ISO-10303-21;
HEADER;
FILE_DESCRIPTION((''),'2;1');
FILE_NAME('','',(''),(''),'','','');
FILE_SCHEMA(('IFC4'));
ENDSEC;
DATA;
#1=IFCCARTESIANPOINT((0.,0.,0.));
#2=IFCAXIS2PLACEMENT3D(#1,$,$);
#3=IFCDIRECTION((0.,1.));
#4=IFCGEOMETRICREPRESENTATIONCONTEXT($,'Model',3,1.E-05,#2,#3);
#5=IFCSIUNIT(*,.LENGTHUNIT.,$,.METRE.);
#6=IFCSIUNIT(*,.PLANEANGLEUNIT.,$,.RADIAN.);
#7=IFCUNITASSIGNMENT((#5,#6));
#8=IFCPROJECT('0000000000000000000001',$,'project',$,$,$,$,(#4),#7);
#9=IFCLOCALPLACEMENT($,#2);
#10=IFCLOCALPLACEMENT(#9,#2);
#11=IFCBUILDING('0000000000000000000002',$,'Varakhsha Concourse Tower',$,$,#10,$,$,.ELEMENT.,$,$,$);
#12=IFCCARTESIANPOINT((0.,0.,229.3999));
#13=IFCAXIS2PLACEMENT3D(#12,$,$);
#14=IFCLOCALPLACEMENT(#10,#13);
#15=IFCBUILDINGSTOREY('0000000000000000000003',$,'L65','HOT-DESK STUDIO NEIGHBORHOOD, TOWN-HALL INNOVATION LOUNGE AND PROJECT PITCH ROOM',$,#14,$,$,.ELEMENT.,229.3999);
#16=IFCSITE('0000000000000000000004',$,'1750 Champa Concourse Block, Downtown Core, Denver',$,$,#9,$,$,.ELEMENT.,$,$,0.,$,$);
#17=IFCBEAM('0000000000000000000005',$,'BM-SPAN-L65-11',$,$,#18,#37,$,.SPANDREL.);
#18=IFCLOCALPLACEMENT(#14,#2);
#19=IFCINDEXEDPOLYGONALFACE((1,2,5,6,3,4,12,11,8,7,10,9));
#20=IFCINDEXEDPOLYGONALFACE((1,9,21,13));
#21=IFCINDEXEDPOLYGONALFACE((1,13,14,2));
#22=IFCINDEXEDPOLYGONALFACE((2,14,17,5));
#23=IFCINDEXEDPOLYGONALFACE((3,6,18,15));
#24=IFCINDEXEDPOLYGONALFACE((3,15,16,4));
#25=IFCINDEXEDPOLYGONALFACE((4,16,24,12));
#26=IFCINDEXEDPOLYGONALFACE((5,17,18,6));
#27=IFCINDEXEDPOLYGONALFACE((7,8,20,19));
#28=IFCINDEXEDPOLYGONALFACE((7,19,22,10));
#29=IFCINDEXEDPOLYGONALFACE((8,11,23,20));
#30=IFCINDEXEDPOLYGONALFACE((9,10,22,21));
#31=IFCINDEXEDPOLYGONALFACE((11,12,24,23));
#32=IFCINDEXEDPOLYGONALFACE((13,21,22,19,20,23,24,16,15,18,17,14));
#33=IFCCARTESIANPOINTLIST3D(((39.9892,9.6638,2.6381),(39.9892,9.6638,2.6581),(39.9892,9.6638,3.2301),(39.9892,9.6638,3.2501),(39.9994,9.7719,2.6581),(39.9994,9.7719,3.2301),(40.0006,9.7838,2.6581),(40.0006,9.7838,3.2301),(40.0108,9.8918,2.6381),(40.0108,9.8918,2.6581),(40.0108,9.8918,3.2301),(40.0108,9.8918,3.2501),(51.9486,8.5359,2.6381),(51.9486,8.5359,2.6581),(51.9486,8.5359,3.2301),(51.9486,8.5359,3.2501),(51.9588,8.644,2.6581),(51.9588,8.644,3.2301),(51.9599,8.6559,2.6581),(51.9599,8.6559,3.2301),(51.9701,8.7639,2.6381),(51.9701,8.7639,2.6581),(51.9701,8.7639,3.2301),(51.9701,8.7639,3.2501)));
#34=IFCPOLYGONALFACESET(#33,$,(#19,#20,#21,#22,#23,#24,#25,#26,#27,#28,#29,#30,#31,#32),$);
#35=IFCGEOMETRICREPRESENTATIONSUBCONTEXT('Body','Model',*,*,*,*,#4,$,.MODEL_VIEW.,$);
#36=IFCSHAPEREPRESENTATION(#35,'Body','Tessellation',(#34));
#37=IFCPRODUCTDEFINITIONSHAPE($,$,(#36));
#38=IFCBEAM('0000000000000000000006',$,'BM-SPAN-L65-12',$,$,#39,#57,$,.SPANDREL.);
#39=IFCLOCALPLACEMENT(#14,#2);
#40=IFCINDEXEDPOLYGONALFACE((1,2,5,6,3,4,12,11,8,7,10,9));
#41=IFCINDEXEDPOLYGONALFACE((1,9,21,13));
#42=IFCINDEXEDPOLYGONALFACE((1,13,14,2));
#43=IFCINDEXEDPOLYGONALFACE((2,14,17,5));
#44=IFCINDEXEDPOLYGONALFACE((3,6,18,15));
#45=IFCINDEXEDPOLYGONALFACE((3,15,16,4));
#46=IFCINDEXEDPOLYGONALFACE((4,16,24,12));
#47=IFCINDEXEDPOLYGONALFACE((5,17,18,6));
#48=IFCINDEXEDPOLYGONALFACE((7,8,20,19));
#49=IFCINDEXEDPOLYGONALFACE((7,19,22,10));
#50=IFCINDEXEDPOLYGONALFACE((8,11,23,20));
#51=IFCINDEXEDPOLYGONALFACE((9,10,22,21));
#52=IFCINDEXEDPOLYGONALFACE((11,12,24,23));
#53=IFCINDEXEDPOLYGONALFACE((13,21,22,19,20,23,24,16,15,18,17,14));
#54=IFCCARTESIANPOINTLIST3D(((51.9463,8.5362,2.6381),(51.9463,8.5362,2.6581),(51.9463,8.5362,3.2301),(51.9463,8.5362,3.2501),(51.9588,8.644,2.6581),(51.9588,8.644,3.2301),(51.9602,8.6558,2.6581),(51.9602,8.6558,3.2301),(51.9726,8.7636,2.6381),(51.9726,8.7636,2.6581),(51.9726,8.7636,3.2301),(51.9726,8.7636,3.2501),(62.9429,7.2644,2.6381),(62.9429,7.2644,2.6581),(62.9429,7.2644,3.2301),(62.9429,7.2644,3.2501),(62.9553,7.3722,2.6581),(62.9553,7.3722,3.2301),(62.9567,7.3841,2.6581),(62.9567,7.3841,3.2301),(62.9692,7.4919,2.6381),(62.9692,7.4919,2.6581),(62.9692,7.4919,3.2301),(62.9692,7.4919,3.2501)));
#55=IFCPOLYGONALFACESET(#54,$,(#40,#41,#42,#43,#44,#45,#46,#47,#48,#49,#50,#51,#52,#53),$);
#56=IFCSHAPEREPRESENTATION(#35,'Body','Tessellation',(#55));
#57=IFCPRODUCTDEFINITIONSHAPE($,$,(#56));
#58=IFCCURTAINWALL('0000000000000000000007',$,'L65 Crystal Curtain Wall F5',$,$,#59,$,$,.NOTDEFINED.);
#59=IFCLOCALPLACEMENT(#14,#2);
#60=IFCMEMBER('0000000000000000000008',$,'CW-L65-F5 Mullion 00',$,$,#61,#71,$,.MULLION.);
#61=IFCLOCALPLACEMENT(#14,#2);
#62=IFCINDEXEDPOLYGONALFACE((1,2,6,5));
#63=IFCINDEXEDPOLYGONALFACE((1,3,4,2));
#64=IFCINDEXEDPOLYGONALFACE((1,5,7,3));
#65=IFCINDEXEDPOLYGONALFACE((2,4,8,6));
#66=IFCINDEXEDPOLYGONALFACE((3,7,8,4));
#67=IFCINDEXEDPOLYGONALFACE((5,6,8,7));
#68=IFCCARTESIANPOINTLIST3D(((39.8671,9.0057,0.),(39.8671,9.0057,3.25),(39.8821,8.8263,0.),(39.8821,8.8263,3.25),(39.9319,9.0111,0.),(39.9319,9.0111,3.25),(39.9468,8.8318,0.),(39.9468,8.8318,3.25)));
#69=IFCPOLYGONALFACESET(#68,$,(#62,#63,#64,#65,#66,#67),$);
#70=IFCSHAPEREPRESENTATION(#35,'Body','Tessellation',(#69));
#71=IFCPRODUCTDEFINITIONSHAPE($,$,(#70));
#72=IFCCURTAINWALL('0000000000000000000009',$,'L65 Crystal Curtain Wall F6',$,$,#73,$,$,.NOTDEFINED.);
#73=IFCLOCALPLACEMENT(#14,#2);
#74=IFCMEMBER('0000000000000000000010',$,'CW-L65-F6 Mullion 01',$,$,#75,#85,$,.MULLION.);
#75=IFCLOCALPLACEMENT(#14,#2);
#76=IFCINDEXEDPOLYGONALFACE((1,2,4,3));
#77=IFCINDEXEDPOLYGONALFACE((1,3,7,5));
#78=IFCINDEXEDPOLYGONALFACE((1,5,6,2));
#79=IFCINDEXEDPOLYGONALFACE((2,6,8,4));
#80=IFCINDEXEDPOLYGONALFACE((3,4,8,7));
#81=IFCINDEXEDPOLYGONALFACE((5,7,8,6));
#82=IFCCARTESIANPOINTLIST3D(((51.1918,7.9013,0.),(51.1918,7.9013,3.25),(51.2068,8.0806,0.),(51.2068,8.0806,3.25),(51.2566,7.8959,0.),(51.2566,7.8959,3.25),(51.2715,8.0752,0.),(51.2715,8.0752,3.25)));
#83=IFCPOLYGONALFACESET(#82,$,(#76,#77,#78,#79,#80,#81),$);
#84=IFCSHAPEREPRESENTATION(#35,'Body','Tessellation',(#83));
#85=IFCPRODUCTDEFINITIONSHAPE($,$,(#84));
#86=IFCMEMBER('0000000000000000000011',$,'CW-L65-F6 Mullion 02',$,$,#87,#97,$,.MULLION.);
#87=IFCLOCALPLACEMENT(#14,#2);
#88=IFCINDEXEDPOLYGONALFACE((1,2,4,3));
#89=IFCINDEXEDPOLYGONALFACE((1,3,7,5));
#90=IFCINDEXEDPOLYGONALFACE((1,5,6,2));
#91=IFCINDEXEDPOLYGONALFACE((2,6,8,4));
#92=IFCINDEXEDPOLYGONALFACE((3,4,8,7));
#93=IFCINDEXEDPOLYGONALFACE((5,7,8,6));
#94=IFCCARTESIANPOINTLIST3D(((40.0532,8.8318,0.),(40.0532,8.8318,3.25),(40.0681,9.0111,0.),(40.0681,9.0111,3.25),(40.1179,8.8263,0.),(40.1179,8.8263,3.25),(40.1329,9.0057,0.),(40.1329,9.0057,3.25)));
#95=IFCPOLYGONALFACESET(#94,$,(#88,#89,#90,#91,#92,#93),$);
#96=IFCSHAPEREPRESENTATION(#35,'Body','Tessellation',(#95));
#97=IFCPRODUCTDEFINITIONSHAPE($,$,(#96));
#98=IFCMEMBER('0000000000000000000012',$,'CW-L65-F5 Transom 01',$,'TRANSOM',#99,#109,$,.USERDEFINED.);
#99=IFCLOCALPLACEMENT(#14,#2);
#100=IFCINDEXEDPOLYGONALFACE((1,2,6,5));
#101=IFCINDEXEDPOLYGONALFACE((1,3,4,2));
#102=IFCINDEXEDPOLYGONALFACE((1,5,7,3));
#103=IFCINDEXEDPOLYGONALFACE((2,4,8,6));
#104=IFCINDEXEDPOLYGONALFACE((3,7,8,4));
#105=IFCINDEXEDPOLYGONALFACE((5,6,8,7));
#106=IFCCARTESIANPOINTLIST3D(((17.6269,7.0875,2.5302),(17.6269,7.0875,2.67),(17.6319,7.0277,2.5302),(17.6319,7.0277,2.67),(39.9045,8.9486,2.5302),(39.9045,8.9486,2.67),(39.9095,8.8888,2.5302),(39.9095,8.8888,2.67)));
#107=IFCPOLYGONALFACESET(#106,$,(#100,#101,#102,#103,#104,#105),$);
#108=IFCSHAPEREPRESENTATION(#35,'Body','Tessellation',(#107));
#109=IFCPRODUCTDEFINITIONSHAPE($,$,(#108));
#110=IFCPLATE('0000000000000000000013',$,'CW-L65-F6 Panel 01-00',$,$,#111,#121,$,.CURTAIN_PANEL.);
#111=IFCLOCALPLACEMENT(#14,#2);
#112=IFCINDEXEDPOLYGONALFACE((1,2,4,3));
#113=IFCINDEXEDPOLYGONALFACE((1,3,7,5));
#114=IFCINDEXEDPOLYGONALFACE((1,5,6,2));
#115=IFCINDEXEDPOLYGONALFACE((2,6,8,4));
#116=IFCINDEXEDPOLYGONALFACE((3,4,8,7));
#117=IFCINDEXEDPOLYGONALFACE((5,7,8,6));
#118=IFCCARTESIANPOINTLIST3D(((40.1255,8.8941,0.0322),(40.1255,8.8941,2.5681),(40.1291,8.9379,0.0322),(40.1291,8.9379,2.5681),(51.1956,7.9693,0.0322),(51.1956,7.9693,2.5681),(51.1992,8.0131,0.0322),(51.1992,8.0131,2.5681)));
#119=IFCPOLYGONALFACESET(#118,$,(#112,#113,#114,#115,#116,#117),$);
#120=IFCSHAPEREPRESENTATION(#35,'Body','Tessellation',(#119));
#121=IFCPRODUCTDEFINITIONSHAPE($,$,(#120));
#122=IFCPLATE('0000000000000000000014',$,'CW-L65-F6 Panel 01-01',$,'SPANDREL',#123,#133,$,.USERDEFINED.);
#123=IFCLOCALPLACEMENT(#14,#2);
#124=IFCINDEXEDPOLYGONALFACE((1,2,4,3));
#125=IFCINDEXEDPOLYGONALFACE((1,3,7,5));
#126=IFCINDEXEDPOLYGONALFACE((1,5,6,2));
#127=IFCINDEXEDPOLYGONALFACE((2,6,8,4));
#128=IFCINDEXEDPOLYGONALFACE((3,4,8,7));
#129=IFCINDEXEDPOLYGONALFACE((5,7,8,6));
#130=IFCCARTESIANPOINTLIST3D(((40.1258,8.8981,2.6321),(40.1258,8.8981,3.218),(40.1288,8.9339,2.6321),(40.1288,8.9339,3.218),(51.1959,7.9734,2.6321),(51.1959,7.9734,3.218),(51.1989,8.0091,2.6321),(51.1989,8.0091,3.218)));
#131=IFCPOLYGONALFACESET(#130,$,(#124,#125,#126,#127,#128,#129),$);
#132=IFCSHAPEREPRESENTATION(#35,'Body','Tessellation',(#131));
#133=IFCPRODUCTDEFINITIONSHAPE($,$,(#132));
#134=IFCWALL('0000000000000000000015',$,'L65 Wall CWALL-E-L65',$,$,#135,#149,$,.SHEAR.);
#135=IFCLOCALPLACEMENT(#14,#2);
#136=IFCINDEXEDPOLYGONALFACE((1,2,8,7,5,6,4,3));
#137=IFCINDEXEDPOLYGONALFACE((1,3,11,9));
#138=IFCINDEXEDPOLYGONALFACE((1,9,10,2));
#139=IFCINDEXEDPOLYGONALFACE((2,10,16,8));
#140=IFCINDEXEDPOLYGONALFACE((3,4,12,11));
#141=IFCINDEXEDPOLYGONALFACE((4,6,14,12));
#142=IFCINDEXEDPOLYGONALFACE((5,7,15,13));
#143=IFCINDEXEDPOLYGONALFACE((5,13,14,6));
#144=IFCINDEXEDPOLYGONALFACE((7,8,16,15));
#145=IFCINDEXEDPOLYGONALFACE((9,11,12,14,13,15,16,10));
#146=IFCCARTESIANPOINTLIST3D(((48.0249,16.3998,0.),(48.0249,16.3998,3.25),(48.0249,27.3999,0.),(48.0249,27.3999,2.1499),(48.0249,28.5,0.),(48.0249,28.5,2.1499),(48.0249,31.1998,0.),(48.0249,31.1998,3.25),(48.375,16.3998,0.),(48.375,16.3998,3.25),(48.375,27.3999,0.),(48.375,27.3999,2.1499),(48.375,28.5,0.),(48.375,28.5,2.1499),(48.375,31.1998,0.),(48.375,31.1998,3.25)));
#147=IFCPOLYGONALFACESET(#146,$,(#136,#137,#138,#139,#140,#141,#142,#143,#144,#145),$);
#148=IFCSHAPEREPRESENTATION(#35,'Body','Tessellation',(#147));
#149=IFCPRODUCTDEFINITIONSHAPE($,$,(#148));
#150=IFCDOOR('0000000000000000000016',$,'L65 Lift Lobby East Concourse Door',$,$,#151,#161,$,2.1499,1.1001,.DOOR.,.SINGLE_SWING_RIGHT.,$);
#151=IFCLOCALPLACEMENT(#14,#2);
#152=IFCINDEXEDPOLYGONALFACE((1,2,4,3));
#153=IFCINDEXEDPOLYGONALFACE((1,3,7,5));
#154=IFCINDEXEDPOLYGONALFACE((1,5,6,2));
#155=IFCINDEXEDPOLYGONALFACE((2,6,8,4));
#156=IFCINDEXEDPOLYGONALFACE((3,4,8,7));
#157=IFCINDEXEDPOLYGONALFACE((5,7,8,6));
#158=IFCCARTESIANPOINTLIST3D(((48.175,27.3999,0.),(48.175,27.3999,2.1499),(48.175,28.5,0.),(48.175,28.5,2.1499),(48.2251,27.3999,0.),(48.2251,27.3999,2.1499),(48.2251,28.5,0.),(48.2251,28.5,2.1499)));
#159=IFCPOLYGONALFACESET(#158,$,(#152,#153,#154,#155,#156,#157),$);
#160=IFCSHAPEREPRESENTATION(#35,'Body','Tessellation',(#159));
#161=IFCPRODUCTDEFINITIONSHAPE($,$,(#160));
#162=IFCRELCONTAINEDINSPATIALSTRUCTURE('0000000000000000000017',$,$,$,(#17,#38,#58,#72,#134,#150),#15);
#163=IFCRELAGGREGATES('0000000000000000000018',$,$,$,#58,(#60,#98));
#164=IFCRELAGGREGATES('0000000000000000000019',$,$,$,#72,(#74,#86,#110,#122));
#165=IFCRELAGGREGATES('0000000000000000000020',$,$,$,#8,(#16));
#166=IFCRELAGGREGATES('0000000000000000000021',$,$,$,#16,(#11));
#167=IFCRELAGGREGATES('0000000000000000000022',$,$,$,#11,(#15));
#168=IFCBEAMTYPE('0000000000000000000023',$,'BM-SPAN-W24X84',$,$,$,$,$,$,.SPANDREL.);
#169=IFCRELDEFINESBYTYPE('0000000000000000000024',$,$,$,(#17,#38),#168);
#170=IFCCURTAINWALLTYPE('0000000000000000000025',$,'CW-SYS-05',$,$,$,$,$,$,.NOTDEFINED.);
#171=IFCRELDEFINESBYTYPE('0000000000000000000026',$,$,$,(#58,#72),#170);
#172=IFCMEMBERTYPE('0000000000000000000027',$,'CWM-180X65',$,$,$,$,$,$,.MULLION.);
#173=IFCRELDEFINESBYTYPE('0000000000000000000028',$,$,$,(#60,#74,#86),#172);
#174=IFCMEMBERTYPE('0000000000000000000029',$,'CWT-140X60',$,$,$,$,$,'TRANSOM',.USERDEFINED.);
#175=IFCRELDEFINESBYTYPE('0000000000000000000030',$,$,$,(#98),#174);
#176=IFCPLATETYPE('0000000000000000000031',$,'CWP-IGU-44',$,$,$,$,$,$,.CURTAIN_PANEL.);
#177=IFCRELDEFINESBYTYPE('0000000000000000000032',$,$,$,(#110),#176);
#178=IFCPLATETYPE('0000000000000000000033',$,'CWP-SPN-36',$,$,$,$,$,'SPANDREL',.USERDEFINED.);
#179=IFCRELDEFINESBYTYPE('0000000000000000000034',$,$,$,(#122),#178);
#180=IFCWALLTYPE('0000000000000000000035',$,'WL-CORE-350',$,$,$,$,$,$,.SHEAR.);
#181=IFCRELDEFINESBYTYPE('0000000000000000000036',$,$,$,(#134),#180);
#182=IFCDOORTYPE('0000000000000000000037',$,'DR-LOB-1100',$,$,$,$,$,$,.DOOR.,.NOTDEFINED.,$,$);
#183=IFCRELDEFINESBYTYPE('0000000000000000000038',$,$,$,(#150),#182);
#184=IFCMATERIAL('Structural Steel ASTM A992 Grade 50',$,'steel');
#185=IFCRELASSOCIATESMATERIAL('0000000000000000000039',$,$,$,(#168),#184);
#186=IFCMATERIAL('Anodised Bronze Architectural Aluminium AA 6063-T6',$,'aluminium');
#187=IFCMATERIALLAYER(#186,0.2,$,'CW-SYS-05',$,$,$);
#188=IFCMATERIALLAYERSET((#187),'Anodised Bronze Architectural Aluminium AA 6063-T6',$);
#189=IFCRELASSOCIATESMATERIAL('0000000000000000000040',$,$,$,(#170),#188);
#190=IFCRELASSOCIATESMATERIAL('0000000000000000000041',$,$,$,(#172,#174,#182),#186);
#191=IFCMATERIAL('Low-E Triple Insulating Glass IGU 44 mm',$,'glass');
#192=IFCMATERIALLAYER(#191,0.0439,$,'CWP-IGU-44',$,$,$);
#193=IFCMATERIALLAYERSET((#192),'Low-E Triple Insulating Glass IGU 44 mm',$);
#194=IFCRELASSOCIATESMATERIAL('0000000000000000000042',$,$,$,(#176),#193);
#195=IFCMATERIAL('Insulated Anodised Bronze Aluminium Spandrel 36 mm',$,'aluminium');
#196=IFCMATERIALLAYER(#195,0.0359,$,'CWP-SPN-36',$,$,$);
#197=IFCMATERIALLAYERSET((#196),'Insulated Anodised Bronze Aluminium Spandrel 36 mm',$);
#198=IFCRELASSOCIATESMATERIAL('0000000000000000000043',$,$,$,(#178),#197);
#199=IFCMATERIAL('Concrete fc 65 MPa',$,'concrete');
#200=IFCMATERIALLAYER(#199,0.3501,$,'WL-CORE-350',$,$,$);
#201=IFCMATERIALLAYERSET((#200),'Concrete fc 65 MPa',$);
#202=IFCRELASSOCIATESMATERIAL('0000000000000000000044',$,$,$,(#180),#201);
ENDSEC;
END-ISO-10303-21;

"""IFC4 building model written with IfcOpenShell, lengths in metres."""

from ifc_helpers import new_model, si_unit, direction, frame, frame_2d, origin, origin_2d, place, context, subcontext, project, spatial, rectangle, i_section, extrude, source, transform, mapped, material, layer, layer_set, material_profile, profile_set, type_object, type_shapes, element, fill, aggregate, save


model = new_model("IFC4")

# Units and contexts
model_context = context("Model", 3, precision=1e-05, world=origin(), true_north=direction((0.0, 1.0)))
body_context = subcontext(model_context, "Body", "Model", "MODEL_VIEW")
ifc_project = project(units=[si_unit("LENGTHUNIT", "METRE"), si_unit("PLANEANGLEUNIT", "RADIAN")], contexts=[model_context])

# Site, building, storey
site_placement = place(None, origin())
site = spatial("IfcSite", under=ifc_project, at=site_placement, Name="1750 Champa Concourse Block, Downtown Core, Denver", CompositionType="ELEMENT", RefElevation=0.0)
building_placement = place(site_placement, origin())
building = spatial("IfcBuilding", under=site, at=building_placement, Name="Varakhsha Concourse Tower", CompositionType="ELEMENT")
storey_placement = place(building_placement, frame((0.0, 0.0, 229.3999)))
storey = spatial("IfcBuildingStorey", under=building, at=storey_placement, Name="L65", Description="HOT-DESK STUDIO NEIGHBORHOOD, TOWN-HALL INNOVATION LOUNGE AND PROJECT PITCH ROOM", CompositionType="ELEMENT", Elevation=229.3999)

# Shared definitions
ifc_material_1 = material(Name="Structural Steel ASTM A992 Grade 50", Category="steel")
ifc_material_2 = material(Name="Concrete fc 65 MPa", Category="concrete")

# Beams
ifc_material_profile_1 = material_profile(ifc_material_1, i_section(OverallWidth=0.229, OverallDepth=0.6121, WebThickness=0.012, FlangeThickness=0.02, at=origin_2d()), Name="W24X84")
ifc_profile_set_1 = profile_set([ifc_material_profile_1], Name="Structural Steel ASTM A992 Grade 50")
beam_type_1 = type_object("IfcBeamType", Name="BM-SPAN-W24X84", PredefinedType="SPANDREL", material=ifc_profile_set_1)
beam_1_placement = place(storey_placement, frame((40.0, 9.7778, 2.9441), z_axis=(0.995582, -0.093896, 0.0), x_axis=(0.093896, 0.995582, 0.0)))
element("IfcBeam", 1, at=beam_1_placement, inside=storey, type_object=beam_type_1, Name="BM-SPAN-L65-11", PredefinedType="SPANDREL", context=body_context, shape_type="SweptSolid", body=[
    extrude(i_section(OverallWidth=0.229, OverallDepth=0.6121, WebThickness=0.012, FlangeThickness=0.02, at=origin_2d()), origin(), (0.0, 0.0, 1.0), 12.0125),
])
beam_2_placement = place(storey_placement, frame((51.9595, 8.6499, 2.9441), z_axis=(0.993379, -0.114882, 0.0), x_axis=(0.114882, 0.993379, 0.0)))
element("IfcBeam", 2, at=beam_2_placement, inside=storey, type_object=beam_type_1, Name="BM-SPAN-L65-12", PredefinedType="SPANDREL", context=body_context, shape_type="SweptSolid", body=[
    extrude(i_section(OverallWidth=0.229, OverallDepth=0.6121, WebThickness=0.012, FlangeThickness=0.02, at=origin_2d()), origin(), (0.0, 0.0, 1.0), 11.0698),
])

# Curtain wall, member
ifc_material_3 = material(Name="Anodised Bronze Architectural Aluminium AA 6063-T6", Category="aluminium")
ifc_layer_1 = layer(ifc_material_3, 0.2, Name="CW-SYS-05")
ifc_layer_set_1 = layer_set([ifc_layer_1], Name="Anodised Bronze Architectural Aluminium AA 6063-T6")
curtain_wall_type = type_object("IfcCurtainWallType", Name="CW-SYS-05", PredefinedType="NOTDEFINED", material=ifc_layer_set_1)
curtain_wall_1_placement = place(storey_placement, origin())
curtain_wall_1 = element("IfcCurtainWall", 3, at=curtain_wall_1_placement, inside=storey, type_object=curtain_wall_type, Name="L65 Crystal Curtain Wall F5", PredefinedType="NOTDEFINED")
ifc_material_profile_2 = material_profile(ifc_material_3, rectangle(XDim=0.0649, YDim=0.1799, at=origin_2d()), Name="CWM-180X65")
ifc_profile_set_2 = profile_set([ifc_material_profile_2], Name="Anodised Bronze Architectural Aluminium AA 6063-T6")
member_type_1 = type_object("IfcMemberType", Name="CWM-180X65", PredefinedType="MULLION", material=ifc_profile_set_2)
shared_shape_1 = source(origin(), body_context, "Body", "SweptSolid", [
    extrude(rectangle(XDim=0.0649, YDim=0.1799, at=origin_2d()), origin(), (0.0, 0.0, 1.0), 3.25),
])
type_shapes(member_type_1, [shared_shape_1])
member_1_placement = place(storey_placement, frame((39.907, 8.9187, 0.0), z_axis=(0.0, 0.0, 1.0), x_axis=(-0.996529, -0.083247, 0.0)))
member_1 = element("IfcMember", 4, at=member_1_placement, type_object=member_type_1, Name="CW-L65-F5 Mullion 00", PredefinedType="MULLION", context=body_context, shape_type="MappedRepresentation", body=[
    mapped(shared_shape_1, transform((0.0, 0.0, 0.0), scale=1.0)),
])

# Curtain wall, members
curtain_wall_2_placement = place(storey_placement, origin())
curtain_wall_2 = element("IfcCurtainWall", 5, at=curtain_wall_2_placement, inside=storey, type_object=curtain_wall_type, Name="L65 Crystal Curtain Wall F6", PredefinedType="NOTDEFINED")
member_2_placement = place(storey_placement, frame((51.2317, 7.9883, 0.0), z_axis=(0.0, 0.0, 1.0), x_axis=(-0.996529, 0.083247, 0.0)))
member_2 = element("IfcMember", 6, at=member_2_placement, type_object=member_type_1, Name="CW-L65-F6 Mullion 01", PredefinedType="MULLION", context=body_context, shape_type="MappedRepresentation", body=[
    mapped(shared_shape_1, transform((0.0, 0.0, 0.0), scale=1.0)),
])
member_3_placement = place(storey_placement, frame((40.093, 8.9187, 0.0), z_axis=(0.0, 0.0, 1.0), x_axis=(-0.996529, 0.083247, 0.0)))
member_3 = element("IfcMember", 7, at=member_3_placement, type_object=member_type_1, Name="CW-L65-F6 Mullion 02", PredefinedType="MULLION", context=body_context, shape_type="MappedRepresentation", body=[
    mapped(shared_shape_1, transform((0.0, 0.0, 0.0), scale=1.0)),
])

# Member
ifc_material_profile_3 = material_profile(ifc_material_3, rectangle(XDim=0.0601, YDim=0.1399, at=origin_2d()), Name="CWT-140X60")
ifc_profile_set_3 = profile_set([ifc_material_profile_3], Name="Anodised Bronze Architectural Aluminium AA 6063-T6")
member_type_2 = type_object("IfcMemberType", Name="CWT-140X60", ElementType="TRANSOM", PredefinedType="USERDEFINED", material=ifc_profile_set_3)
shared_shape_2 = source(origin(), body_context, "Body", "SweptSolid", [
    extrude(rectangle(XDim=0.0601, YDim=0.1399, at=origin_2d()), origin(), (0.0, 0.0, 1.0), 22.3552),
])
type_shapes(member_type_2, [shared_shape_2])
member_4_placement = place(storey_placement, frame((39.907, 8.9187, 2.6001), z_axis=(-0.996529, -0.083251, 0.0), x_axis=(0.083251, -0.996529, 0.0)))
member_4 = element("IfcMember", 8, at=member_4_placement, type_object=member_type_2, Name="CW-L65-F5 Transom 01", ObjectType="TRANSOM", PredefinedType="USERDEFINED", context=body_context, shape_type="MappedRepresentation", body=[
    mapped(shared_shape_2, transform((0.0, 0.0, 0.0), scale=1.0)),
])
aggregate(curtain_wall_1, [member_1, member_4])

# Plates
ifc_material_4 = material(Name="Low-E Triple Insulating Glass IGU 44 mm", Category="glass")
ifc_layer_2 = layer(ifc_material_4, 0.0439, Name="CWP-IGU-44")
ifc_layer_set_2 = layer_set([ifc_layer_2], Name="Low-E Triple Insulating Glass IGU 44 mm")
plate_type_1 = type_object("IfcPlateType", Name="CWP-IGU-44", PredefinedType="CURTAIN_PANEL", material=ifc_layer_set_2)
shared_shape_3 = source(origin(), body_context, "Body", "SweptSolid", [
    extrude(rectangle(XDim=11.1086, YDim=0.0439, at=origin_2d()), origin(), (0.0, 0.0, 1.0), 2.5359),
])
type_shapes(plate_type_1, [shared_shape_3])
plate_1_placement = place(storey_placement, frame((45.6624, 8.4536, 0.0322), z_axis=(0.0, 0.0, 1.0), x_axis=(-0.996529, 0.083247, 0.0)))
plate_1 = element("IfcPlate", 9, at=plate_1_placement, type_object=plate_type_1, Name="CW-L65-F6 Panel 01-00", PredefinedType="CURTAIN_PANEL", context=body_context, shape_type="MappedRepresentation", body=[
    mapped(shared_shape_3, transform((0.0, 0.0, 0.0), scale=1.0)),
])
ifc_material_5 = material(Name="Insulated Anodised Bronze Aluminium Spandrel 36 mm", Category="aluminium")
ifc_layer_3 = layer(ifc_material_5, 0.0359, Name="CWP-SPN-36")
ifc_layer_set_3 = layer_set([ifc_layer_3], Name="Insulated Anodised Bronze Aluminium Spandrel 36 mm")
plate_type_2 = type_object("IfcPlateType", Name="CWP-SPN-36", ElementType="SPANDREL", PredefinedType="USERDEFINED", material=ifc_layer_set_3)
shared_shape_4 = source(origin(), body_context, "Body", "SweptSolid", [
    extrude(rectangle(XDim=11.1086, YDim=0.0359, at=origin_2d()), origin(), (0.0, 0.0, 1.0), 0.5859),
])
type_shapes(plate_type_2, [shared_shape_4])
plate_2_placement = place(storey_placement, frame((45.6624, 8.4536, 2.6321), z_axis=(0.0, 0.0, 1.0), x_axis=(-0.996529, 0.083247, 0.0)))
plate_2 = element("IfcPlate", 10, at=plate_2_placement, type_object=plate_type_2, Name="CW-L65-F6 Panel 01-01", ObjectType="SPANDREL", PredefinedType="USERDEFINED", context=body_context, shape_type="MappedRepresentation", body=[
    mapped(shared_shape_4, transform((0.0, 0.0, 0.0), scale=1.0)),
])
aggregate(curtain_wall_2, [member_2, member_3, plate_1, plate_2])

# Wall, opening, door
ifc_layer_4 = layer(ifc_material_2, 0.3501, Name="WL-CORE-350")
ifc_layer_set_4 = layer_set([ifc_layer_4], Name="Concrete fc 65 MPa")
wall_type_1 = type_object("IfcWallType", Name="WL-CORE-350", PredefinedType="SHEAR", material=ifc_layer_set_4)
wall_1_placement = place(storey_placement, frame((48.2, 16.3999, 0.0), z_axis=(0.0, 0.0, 1.0), x_axis=(0.0, 1.0, 0.0)))
wall_1 = element("IfcWall", 11, at=wall_1_placement, inside=storey, type_object=wall_type_1, Name="L65 Wall CWALL-E-L65", PredefinedType="SHEAR", context=body_context, shape_type="SweptSolid", body=[
    extrude(rectangle(XDim=14.8, YDim=0.3501, at=frame_2d((7.3999, 0.0))), origin(), (0.0, 0.0, 1.0), 3.25),
])
opening_1_placement = place(wall_1_placement, frame((11.0, 0.0, 0.0)))
opening_1 = element("IfcOpeningElement", 12, at=opening_1_placement, cuts=wall_1, PredefinedType="OPENING", context=body_context, shape_type="SweptSolid", body=[
    extrude(rectangle(XDim=1.1001, YDim=2.1499, at=frame_2d((0.55, 1.075))), frame((0.0, 0.1851, 0.0), z_axis=(0.0, -1.0, 0.0), x_axis=(1.0, 0.0, 0.0)), (0.0, 0.0, 1.0), 0.3701),
])
door_type_1 = type_object("IfcDoorType", Name="DR-LOB-1100", OperationType="NOTDEFINED", PredefinedType="DOOR", material=ifc_material_3)
door_1_placement = place(opening_1_placement, origin())
door_1 = element("IfcDoor", 13, at=door_1_placement, inside=storey, type_object=door_type_1, Name="L65 Lift Lobby East Concourse Door", OperationType="SINGLE_SWING_RIGHT", OverallHeight=2.1499, OverallWidth=1.1001, PredefinedType="DOOR", context=body_context, shape_type="SweptSolid", body=[
    extrude(rectangle(XDim=1.1001, YDim=2.1499, at=frame_2d((0.55, 1.075))), frame((0.0, 0.0249, 0.0), z_axis=(0.0, -1.0, 0.0), x_axis=(1.0, 0.0, 0.0)), (0.0, 0.0, 1.0), 0.05),
])
fill(opening_1, door_1)

save(model, "model.ifc")
